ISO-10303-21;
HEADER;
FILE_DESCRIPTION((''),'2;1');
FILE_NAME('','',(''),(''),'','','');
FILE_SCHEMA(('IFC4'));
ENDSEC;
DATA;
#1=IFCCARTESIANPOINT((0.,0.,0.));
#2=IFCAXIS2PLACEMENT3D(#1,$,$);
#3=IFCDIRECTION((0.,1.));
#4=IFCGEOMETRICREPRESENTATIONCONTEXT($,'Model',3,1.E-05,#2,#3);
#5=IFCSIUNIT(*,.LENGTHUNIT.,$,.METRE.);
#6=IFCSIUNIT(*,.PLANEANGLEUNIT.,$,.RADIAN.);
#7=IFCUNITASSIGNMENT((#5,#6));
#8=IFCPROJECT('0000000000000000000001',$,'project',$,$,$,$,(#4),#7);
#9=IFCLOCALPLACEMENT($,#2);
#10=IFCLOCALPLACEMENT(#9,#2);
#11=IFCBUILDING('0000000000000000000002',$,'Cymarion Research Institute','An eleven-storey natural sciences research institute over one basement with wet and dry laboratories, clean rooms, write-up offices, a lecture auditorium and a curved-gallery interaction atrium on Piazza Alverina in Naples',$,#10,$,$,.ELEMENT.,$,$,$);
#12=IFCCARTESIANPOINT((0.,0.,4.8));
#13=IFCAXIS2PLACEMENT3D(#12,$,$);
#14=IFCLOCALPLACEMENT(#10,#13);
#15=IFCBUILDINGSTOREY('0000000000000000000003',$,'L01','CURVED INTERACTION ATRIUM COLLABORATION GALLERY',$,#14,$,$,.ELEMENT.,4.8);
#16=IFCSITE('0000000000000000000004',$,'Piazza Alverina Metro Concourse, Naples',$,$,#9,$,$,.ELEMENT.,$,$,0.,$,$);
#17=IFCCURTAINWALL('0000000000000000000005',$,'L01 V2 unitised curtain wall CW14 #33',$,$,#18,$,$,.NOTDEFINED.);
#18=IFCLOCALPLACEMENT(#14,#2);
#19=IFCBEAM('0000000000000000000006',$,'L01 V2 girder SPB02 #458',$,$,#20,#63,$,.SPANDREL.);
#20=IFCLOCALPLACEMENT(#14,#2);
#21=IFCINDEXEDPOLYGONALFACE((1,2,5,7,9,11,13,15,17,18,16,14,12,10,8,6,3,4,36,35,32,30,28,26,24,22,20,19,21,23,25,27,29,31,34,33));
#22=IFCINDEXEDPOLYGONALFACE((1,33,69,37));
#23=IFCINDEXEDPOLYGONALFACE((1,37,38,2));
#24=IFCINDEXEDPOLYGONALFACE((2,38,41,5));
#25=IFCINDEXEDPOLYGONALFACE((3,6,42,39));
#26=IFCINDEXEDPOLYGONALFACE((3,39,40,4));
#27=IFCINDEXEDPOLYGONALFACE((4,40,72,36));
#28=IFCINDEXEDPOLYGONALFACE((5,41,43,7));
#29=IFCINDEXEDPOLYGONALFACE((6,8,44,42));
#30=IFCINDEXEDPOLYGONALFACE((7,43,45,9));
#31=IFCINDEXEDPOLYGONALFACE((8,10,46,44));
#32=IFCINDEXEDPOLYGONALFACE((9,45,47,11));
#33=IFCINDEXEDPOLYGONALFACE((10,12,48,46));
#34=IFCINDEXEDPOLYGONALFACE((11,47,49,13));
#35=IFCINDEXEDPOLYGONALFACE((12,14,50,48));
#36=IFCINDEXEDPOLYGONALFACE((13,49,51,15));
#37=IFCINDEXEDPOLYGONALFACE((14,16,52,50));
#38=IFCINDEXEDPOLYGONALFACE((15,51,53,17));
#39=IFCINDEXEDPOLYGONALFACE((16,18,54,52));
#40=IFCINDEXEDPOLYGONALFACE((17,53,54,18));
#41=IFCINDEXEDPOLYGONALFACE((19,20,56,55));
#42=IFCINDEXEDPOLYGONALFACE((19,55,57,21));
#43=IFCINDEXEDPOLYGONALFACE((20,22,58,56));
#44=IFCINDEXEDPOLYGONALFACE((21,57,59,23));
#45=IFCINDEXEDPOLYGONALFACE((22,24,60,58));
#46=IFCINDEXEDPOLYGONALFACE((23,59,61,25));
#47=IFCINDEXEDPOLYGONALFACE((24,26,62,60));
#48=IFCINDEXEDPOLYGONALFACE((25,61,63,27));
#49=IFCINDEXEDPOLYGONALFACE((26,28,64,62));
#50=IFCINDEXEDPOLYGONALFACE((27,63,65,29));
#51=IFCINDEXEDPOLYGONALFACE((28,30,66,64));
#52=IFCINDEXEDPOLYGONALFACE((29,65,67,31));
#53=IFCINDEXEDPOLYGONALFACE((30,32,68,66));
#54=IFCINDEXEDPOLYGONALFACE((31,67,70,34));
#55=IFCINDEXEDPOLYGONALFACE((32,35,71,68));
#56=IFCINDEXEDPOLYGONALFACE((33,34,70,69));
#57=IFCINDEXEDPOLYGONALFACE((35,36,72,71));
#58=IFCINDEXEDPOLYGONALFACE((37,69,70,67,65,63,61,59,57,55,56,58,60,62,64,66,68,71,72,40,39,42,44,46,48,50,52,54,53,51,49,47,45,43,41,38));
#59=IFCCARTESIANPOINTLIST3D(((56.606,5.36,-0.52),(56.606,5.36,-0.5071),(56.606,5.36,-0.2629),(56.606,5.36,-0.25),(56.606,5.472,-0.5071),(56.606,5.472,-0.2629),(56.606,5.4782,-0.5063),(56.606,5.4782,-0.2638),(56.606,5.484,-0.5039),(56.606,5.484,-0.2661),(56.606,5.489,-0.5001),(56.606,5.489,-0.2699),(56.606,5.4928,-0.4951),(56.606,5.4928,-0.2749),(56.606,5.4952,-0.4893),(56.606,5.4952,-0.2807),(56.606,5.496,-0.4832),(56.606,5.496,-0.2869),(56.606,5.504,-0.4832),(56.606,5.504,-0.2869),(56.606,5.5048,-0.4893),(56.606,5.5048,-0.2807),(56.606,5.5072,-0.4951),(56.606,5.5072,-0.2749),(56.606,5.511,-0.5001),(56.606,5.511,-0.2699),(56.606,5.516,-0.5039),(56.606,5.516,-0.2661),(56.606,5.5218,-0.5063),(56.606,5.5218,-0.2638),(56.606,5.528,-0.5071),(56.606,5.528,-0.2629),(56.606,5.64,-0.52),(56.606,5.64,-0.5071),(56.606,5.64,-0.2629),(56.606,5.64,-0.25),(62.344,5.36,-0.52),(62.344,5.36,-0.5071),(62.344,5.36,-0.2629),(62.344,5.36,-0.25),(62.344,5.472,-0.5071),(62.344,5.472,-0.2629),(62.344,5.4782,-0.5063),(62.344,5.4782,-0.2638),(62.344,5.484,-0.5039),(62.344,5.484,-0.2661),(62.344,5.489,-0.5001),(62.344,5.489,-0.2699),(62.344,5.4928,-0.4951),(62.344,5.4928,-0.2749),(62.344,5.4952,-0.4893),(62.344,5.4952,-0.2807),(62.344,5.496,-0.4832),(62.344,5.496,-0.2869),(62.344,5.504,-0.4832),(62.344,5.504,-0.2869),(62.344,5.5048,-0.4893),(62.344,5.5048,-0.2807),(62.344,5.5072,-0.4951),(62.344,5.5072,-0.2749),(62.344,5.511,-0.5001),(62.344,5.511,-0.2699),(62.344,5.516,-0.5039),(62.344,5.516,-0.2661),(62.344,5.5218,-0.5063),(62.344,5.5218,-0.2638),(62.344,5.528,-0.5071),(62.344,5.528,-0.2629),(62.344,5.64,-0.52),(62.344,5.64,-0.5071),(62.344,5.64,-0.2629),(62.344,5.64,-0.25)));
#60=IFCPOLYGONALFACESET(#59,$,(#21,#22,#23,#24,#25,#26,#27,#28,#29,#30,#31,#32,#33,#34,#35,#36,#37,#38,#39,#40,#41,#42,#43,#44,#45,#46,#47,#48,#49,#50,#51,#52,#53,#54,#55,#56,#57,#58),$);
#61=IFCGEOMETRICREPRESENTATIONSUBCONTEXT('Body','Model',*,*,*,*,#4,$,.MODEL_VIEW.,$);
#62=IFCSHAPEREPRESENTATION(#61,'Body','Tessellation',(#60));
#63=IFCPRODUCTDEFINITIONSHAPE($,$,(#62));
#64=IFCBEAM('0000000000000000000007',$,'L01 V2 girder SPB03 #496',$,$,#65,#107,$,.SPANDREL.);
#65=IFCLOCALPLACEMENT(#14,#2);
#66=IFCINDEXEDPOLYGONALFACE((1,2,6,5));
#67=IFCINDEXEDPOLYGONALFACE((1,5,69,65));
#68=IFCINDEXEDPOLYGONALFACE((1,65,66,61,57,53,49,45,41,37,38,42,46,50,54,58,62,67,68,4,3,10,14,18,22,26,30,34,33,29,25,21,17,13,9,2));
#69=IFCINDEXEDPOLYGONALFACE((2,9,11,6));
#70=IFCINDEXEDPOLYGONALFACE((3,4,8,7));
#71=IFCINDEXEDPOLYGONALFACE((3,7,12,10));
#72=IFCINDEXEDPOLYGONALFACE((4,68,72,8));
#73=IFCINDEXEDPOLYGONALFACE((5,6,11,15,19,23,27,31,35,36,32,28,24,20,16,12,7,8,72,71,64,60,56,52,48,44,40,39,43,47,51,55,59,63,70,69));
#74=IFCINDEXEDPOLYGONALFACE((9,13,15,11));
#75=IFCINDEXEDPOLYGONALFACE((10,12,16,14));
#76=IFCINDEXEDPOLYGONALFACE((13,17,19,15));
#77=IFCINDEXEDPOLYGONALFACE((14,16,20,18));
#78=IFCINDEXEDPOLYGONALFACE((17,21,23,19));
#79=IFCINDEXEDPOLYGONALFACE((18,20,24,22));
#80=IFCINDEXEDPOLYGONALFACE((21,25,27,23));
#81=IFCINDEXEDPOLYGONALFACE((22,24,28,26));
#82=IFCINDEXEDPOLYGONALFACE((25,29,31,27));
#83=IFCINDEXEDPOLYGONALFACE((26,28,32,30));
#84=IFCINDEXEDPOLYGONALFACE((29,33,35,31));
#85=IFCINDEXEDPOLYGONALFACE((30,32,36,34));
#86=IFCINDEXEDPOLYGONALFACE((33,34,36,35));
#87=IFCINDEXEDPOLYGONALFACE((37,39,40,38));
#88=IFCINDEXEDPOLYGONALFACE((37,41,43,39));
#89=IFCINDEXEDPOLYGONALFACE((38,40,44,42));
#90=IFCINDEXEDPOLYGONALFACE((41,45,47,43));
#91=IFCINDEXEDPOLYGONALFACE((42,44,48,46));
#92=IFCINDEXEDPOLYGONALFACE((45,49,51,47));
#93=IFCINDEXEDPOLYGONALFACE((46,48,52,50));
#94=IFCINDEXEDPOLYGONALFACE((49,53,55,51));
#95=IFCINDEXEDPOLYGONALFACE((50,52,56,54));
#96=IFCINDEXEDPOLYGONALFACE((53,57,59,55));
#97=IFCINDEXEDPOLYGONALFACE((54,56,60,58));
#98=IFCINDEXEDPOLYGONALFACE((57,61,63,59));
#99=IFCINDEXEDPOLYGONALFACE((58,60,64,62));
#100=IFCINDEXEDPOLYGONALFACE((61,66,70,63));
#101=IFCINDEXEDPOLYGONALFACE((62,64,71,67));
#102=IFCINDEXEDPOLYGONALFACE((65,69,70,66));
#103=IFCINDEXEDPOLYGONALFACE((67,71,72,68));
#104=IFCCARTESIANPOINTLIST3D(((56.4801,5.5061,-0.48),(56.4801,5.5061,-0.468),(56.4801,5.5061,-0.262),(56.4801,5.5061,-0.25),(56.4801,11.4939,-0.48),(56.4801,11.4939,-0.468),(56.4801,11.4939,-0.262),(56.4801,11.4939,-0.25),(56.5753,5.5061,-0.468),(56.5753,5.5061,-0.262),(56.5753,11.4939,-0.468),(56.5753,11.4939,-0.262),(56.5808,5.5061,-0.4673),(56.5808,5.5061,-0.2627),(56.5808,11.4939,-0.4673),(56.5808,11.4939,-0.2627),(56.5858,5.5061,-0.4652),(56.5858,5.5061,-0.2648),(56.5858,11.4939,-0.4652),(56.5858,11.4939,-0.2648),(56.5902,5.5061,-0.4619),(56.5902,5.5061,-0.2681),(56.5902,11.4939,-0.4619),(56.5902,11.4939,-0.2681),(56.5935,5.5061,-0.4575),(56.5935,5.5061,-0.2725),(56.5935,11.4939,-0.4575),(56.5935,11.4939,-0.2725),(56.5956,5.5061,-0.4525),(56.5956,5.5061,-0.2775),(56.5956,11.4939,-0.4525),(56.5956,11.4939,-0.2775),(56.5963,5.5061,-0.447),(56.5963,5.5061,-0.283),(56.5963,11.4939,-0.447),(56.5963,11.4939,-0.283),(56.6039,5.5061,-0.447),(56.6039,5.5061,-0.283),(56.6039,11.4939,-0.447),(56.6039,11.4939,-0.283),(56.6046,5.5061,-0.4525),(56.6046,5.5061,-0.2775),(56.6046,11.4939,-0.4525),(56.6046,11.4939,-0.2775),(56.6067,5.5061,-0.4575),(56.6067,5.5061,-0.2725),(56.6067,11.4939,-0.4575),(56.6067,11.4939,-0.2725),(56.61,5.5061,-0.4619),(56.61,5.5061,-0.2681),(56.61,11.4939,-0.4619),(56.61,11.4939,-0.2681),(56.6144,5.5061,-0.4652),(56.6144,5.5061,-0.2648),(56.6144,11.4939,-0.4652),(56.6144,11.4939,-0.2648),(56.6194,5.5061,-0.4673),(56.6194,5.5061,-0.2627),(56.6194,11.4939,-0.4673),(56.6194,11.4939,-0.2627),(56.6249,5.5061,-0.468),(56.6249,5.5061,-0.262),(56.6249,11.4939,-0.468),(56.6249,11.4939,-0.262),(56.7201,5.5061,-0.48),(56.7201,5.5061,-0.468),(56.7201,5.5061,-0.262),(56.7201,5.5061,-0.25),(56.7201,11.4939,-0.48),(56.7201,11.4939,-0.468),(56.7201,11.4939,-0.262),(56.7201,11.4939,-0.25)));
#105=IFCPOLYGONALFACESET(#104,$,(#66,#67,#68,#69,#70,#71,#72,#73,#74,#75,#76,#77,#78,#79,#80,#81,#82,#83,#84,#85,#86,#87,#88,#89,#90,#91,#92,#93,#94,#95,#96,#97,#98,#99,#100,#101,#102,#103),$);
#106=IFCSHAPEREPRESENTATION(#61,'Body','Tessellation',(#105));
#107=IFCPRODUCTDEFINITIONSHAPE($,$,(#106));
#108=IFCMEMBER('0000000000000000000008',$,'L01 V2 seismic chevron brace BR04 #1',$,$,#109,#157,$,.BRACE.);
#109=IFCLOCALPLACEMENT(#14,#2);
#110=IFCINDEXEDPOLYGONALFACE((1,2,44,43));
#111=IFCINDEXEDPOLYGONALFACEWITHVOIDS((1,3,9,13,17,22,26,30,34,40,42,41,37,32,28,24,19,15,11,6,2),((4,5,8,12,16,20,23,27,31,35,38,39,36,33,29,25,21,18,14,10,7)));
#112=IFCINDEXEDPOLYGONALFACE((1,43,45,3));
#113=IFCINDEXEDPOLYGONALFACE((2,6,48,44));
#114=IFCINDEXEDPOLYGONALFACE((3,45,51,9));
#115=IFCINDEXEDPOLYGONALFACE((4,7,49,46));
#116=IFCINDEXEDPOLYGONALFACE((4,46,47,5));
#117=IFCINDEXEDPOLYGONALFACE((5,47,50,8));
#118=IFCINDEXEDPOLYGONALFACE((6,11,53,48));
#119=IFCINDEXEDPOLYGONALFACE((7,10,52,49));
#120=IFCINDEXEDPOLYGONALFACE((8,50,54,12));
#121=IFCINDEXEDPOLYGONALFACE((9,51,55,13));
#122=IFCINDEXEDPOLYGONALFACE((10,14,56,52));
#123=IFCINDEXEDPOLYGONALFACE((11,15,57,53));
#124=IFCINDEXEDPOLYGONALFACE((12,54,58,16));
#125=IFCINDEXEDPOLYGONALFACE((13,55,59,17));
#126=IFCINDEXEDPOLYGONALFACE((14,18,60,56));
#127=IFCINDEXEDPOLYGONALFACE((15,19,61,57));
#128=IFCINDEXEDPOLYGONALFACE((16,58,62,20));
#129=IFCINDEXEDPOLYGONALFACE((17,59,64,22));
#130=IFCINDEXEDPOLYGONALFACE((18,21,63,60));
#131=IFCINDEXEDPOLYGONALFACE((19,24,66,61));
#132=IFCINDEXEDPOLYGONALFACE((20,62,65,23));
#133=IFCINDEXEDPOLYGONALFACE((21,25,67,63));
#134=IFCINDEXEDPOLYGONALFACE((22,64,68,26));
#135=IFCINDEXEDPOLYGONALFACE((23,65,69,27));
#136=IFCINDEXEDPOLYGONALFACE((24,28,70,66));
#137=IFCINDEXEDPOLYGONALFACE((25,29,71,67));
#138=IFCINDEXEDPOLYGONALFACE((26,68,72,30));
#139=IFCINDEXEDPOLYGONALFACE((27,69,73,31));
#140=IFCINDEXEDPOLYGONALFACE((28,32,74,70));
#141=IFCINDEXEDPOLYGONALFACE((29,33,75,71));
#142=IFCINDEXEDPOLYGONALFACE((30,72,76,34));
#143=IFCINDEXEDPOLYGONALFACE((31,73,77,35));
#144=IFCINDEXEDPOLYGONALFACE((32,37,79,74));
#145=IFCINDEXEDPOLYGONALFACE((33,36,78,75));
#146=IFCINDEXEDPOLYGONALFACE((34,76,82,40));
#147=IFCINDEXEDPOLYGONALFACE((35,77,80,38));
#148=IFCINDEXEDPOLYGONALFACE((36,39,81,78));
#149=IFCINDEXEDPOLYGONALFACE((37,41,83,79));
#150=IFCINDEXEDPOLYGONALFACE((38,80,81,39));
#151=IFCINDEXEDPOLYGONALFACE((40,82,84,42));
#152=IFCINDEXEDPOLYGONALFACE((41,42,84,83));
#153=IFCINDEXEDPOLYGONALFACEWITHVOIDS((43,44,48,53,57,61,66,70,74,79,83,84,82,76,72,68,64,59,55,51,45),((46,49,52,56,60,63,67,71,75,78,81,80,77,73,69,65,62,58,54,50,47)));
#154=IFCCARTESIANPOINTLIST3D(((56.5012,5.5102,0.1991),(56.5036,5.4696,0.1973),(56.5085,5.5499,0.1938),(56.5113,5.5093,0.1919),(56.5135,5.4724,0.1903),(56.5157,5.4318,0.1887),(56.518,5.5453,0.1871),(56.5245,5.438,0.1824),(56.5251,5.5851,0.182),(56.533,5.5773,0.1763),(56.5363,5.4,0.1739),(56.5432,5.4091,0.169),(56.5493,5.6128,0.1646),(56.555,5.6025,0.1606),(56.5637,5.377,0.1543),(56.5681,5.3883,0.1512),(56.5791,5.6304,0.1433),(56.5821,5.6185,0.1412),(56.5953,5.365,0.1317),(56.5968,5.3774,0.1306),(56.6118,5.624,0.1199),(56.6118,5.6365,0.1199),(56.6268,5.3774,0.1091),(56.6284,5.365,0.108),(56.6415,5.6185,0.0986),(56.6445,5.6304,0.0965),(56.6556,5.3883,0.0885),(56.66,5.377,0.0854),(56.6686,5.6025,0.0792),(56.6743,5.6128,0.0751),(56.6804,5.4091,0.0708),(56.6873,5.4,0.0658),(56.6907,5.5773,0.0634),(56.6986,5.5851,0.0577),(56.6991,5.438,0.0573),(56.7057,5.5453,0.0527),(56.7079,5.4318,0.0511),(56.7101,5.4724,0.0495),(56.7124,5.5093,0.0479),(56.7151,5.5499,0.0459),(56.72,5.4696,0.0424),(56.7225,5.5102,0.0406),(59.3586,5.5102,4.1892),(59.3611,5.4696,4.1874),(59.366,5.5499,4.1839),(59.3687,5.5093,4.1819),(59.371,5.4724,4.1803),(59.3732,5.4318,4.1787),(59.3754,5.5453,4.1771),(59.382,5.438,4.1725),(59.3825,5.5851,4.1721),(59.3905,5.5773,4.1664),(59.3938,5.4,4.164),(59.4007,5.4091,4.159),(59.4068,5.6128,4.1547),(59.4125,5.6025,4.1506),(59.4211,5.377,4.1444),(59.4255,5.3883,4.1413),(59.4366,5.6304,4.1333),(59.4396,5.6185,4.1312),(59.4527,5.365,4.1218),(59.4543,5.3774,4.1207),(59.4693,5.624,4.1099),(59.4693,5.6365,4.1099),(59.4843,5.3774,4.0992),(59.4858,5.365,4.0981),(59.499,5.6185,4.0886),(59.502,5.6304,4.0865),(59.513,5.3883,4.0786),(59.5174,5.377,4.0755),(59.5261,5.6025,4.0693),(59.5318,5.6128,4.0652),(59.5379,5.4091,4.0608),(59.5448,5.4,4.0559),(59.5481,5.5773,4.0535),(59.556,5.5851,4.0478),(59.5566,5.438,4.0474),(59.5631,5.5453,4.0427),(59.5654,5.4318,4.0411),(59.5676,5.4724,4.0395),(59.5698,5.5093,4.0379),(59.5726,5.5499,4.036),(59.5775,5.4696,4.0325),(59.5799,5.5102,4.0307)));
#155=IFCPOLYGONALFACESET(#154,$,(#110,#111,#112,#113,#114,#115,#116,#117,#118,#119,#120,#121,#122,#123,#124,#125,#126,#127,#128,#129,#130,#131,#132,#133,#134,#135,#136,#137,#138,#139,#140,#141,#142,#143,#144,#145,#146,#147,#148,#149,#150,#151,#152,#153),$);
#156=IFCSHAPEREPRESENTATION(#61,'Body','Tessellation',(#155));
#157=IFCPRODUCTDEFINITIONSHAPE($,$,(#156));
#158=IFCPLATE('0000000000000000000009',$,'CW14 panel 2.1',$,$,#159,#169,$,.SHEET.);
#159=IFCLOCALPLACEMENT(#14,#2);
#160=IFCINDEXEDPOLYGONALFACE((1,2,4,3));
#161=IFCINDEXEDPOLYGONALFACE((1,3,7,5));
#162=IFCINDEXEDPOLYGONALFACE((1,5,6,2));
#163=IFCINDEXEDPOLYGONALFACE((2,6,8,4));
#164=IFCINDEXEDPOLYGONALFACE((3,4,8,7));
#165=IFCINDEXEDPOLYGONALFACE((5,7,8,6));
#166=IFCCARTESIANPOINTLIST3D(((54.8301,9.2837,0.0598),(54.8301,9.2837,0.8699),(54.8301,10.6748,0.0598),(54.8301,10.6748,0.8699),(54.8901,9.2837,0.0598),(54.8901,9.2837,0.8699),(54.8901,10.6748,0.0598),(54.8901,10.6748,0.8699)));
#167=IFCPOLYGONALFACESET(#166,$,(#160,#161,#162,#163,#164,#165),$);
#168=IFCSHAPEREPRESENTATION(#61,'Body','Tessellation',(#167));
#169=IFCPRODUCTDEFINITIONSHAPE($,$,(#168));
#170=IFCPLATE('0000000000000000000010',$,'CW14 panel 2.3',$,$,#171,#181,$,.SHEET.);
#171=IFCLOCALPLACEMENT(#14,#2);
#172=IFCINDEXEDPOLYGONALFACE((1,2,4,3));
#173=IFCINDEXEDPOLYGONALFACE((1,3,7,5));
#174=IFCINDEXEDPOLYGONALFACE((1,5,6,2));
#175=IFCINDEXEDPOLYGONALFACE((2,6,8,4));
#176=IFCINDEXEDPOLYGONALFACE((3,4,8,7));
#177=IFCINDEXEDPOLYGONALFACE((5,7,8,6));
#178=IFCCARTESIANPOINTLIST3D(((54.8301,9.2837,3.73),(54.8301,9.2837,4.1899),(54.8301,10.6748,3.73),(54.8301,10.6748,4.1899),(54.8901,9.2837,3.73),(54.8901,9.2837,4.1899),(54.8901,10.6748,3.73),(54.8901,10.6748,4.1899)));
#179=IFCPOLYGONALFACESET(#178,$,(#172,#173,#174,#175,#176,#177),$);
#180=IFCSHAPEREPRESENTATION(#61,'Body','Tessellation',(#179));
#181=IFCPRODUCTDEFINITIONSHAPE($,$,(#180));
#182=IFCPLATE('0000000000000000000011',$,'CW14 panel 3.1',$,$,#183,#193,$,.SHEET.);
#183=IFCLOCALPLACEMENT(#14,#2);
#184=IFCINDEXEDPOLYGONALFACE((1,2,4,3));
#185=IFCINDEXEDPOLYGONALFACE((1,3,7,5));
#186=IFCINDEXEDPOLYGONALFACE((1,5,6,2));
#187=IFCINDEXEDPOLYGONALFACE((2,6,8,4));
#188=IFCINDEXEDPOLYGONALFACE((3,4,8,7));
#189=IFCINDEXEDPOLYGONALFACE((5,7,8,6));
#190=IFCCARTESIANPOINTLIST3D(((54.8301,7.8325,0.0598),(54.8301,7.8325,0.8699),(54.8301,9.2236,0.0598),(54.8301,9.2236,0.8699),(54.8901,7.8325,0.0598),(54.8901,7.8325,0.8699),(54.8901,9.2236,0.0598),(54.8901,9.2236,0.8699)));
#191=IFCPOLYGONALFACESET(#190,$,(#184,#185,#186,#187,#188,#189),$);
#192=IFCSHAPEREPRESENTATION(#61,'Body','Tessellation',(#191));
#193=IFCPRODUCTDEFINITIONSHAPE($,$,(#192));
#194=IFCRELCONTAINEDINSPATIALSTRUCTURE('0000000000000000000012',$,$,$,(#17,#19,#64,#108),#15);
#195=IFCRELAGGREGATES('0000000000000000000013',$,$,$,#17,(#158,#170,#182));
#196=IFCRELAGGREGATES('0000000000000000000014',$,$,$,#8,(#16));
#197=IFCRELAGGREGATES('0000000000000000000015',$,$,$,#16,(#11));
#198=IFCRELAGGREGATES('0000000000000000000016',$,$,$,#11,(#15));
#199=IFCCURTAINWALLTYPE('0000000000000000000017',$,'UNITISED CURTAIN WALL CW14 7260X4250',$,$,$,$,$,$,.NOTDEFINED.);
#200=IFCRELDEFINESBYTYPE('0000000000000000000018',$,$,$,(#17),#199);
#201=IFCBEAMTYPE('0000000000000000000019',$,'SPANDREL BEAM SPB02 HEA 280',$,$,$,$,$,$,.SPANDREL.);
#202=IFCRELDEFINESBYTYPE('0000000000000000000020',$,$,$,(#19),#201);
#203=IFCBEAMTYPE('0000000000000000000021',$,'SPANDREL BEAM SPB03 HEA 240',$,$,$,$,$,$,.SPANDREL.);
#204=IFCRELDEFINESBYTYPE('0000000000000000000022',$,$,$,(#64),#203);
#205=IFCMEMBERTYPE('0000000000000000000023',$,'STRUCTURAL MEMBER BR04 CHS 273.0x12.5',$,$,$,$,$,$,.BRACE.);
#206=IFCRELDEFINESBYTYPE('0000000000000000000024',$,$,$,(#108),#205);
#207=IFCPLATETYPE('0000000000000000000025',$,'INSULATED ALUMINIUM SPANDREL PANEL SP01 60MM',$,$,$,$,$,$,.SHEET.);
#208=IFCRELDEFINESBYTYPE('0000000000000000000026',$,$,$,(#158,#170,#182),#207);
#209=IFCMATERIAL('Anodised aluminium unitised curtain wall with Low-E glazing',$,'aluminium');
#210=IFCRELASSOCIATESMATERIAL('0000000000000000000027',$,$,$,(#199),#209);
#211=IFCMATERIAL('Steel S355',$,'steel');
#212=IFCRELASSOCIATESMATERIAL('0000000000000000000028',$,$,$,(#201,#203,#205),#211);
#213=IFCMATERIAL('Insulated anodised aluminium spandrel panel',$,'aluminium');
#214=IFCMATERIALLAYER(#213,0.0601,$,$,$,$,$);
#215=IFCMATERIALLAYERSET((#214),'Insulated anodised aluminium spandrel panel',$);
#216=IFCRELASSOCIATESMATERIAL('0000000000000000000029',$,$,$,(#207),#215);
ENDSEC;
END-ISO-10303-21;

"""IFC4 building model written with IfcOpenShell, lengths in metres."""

from ifc_helpers import new_model, si_unit, direction, frame, origin, origin_2d, place, context, subcontext, project, spatial, rectangle, hollow_circle, i_section, extrude, material, layer, layer_set, material_profile, profile_set, type_object, element, aggregate, save


model = new_model("IFC4")

# Units and contexts
model_context = context("Model", 3, precision=1e-05, world=origin(), true_north=direction((0.0, 1.0)))
body_context = subcontext(model_context, "Body", "Model", "MODEL_VIEW")
ifc_project = project(units=[si_unit("LENGTHUNIT", "METRE"), si_unit("PLANEANGLEUNIT", "RADIAN")], contexts=[model_context])

# Site, building, storey
site_placement = place(None, origin())
site = spatial("IfcSite", under=ifc_project, at=site_placement, Name="Piazza Alverina Metro Concourse, Naples", CompositionType="ELEMENT", RefElevation=0.0)
building_placement = place(site_placement, origin())
building = spatial("IfcBuilding", under=site, at=building_placement, Name="Cymarion Research Institute", Description="An eleven-storey natural sciences research institute over one basement with wet and dry laboratories, clean rooms, write-up offices, a lecture auditorium and a curved-gallery interaction atrium on Piazza Alverina in Naples", CompositionType="ELEMENT")
storey_placement = place(building_placement, frame((0.0, 0.0, 4.8)))
storey = spatial("IfcBuildingStorey", under=building, at=storey_placement, Name="L01", Description="CURVED INTERACTION ATRIUM COLLABORATION GALLERY", CompositionType="ELEMENT", Elevation=4.8)

# Shared definitions
ifc_material_1 = material(Name="Steel S355", Category="steel")

# Curtain wall
ifc_material_2 = material(Name="Anodised aluminium unitised curtain wall with Low-E glazing", Category="aluminium")
curtain_wall_type = type_object("IfcCurtainWallType", Name="UNITISED CURTAIN WALL CW14 7260X4250", PredefinedType="NOTDEFINED", material=ifc_material_2)
curtain_wall_placement = place(storey_placement, origin())
curtain_wall = element("IfcCurtainWall", 1, at=curtain_wall_placement, inside=storey, type_object=curtain_wall_type, Name="L01 V2 unitised curtain wall CW14 #33", PredefinedType="NOTDEFINED")

# Beams
ifc_material_profile_1 = material_profile(ifc_material_1, i_section(OverallWidth=0.28, OverallDepth=0.27, WebThickness=0.0081, FlangeThickness=0.0129, FilletRadius=0.0239, at=origin_2d()), Name="HEA 280")
ifc_profile_set_1 = profile_set([ifc_material_profile_1], Name="Steel S355")
beam_type_1 = type_object("IfcBeamType", Name="SPANDREL BEAM SPB02 HEA 280", PredefinedType="SPANDREL", material=ifc_profile_set_1)
beam_1_placement = place(storey_placement, frame((56.606, 5.5, -0.385), z_axis=(1.0, 0.0, 0.0), x_axis=(0.0, 1.0, 0.0)))
element("IfcBeam", 2, at=beam_1_placement, inside=storey, type_object=beam_type_1, Name="L01 V2 girder SPB02 #458", PredefinedType="SPANDREL", context=body_context, shape_type="SweptSolid", body=[
    extrude(i_section(OverallWidth=0.28, OverallDepth=0.27, WebThickness=0.0081, FlangeThickness=0.0129, FilletRadius=0.0239, at=origin_2d()), origin(), (0.0, 0.0, 1.0), 5.738),
])
ifc_material_profile_2 = material_profile(ifc_material_1, i_section(OverallWidth=0.24, OverallDepth=0.23, WebThickness=0.0076, FlangeThickness=0.012, FilletRadius=0.021, at=origin_2d()), Name="HEA 240")
ifc_profile_set_2 = profile_set([ifc_material_profile_2], Name="Steel S355")
beam_type_2 = type_object("IfcBeamType", Name="SPANDREL BEAM SPB03 HEA 240", PredefinedType="SPANDREL", material=ifc_profile_set_2)
beam_2_placement = place(storey_placement, frame((56.6001, 5.5061, -0.365), z_axis=(0.0, 1.0, 0.0), x_axis=(-1.0, 0.0, 0.0)))
element("IfcBeam", 3, at=beam_2_placement, inside=storey, type_object=beam_type_2, Name="L01 V2 girder SPB03 #496", PredefinedType="SPANDREL", context=body_context, shape_type="SweptSolid", body=[
    extrude(i_section(OverallWidth=0.24, OverallDepth=0.23, WebThickness=0.0076, FlangeThickness=0.012, FilletRadius=0.021, at=origin_2d()), origin(), (0.0, 0.0, 1.0), 5.9878),
])

# Member
ifc_material_profile_3 = material_profile(ifc_material_1, hollow_circle(Radius=0.1365, WallThickness=0.0125, at=origin_2d()), Name="CHS 273.0x12.5")
ifc_profile_set_3 = profile_set([ifc_material_profile_3], Name="Steel S355")
member_type_1 = type_object("IfcMemberType", Name="STRUCTURAL MEMBER BR04 CHS 273.0x12.5", PredefinedType="BRACE", material=ifc_profile_set_3)
member_1_placement = place(storey_placement, frame((56.6118, 5.5, 0.1199), z_axis=(0.58224, 0.0, 0.813017), x_axis=(0.0, 1.0, 0.0)))
element("IfcMember", 4, at=member_1_placement, inside=storey, type_object=member_type_1, Name="L01 V2 seismic chevron brace BR04 #1", PredefinedType="BRACE", context=body_context, shape_type="SweptSolid", body=[
    extrude(hollow_circle(Radius=0.1365, WallThickness=0.0125, at=origin_2d()), origin(), (0.0, 0.0, 1.0), 4.9077),
])

# Plates
ifc_material_3 = material(Name="Insulated anodised aluminium spandrel panel", Category="aluminium")
ifc_layer_1 = layer(ifc_material_3, 0.0601)
ifc_layer_set_1 = layer_set([ifc_layer_1], Name="Insulated anodised aluminium spandrel panel")
plate_type_1 = type_object("IfcPlateType", Name="INSULATED ALUMINIUM SPANDREL PANEL SP01 60MM", PredefinedType="SHEET", material=ifc_layer_set_1)
plate_1_placement = place(storey_placement, frame((54.8601, 9.9792, 0.0598), z_axis=(0.0, 0.0, 1.0), x_axis=(0.0, -1.0, 0.0)))
plate_1 = element("IfcPlate", 5, at=plate_1_placement, type_object=plate_type_1, Name="CW14 panel 2.1", PredefinedType="SHEET", context=body_context, shape_type="SweptSolid", body=[
    extrude(rectangle(XDim=1.3911, YDim=0.0601, at=origin_2d()), origin(), (0.0, 0.0, 1.0), 0.8101),
])
plate_2_placement = place(storey_placement, frame((54.8601, 9.9792, 3.73), z_axis=(0.0, 0.0, 1.0), x_axis=(0.0, -1.0, 0.0)))
plate_2 = element("IfcPlate", 6, at=plate_2_placement, type_object=plate_type_1, Name="CW14 panel 2.3", PredefinedType="SHEET", context=body_context, shape_type="SweptSolid", body=[
    extrude(rectangle(XDim=1.3911, YDim=0.0601, at=origin_2d()), origin(), (0.0, 0.0, 1.0), 0.46),
])
plate_3_placement = place(storey_placement, frame((54.8601, 8.5281, 0.0598), z_axis=(0.0, 0.0, 1.0), x_axis=(0.0, -1.0, 0.0)))
plate_3 = element("IfcPlate", 7, at=plate_3_placement, type_object=plate_type_1, Name="CW14 panel 3.1", PredefinedType="SHEET", context=body_context, shape_type="SweptSolid", body=[
    extrude(rectangle(XDim=1.3911, YDim=0.0601, at=origin_2d()), origin(), (0.0, 0.0, 1.0), 0.8101),
])
aggregate(curtain_wall, [plate_1, plate_2, plate_3])

save(model, "model.ifc")
